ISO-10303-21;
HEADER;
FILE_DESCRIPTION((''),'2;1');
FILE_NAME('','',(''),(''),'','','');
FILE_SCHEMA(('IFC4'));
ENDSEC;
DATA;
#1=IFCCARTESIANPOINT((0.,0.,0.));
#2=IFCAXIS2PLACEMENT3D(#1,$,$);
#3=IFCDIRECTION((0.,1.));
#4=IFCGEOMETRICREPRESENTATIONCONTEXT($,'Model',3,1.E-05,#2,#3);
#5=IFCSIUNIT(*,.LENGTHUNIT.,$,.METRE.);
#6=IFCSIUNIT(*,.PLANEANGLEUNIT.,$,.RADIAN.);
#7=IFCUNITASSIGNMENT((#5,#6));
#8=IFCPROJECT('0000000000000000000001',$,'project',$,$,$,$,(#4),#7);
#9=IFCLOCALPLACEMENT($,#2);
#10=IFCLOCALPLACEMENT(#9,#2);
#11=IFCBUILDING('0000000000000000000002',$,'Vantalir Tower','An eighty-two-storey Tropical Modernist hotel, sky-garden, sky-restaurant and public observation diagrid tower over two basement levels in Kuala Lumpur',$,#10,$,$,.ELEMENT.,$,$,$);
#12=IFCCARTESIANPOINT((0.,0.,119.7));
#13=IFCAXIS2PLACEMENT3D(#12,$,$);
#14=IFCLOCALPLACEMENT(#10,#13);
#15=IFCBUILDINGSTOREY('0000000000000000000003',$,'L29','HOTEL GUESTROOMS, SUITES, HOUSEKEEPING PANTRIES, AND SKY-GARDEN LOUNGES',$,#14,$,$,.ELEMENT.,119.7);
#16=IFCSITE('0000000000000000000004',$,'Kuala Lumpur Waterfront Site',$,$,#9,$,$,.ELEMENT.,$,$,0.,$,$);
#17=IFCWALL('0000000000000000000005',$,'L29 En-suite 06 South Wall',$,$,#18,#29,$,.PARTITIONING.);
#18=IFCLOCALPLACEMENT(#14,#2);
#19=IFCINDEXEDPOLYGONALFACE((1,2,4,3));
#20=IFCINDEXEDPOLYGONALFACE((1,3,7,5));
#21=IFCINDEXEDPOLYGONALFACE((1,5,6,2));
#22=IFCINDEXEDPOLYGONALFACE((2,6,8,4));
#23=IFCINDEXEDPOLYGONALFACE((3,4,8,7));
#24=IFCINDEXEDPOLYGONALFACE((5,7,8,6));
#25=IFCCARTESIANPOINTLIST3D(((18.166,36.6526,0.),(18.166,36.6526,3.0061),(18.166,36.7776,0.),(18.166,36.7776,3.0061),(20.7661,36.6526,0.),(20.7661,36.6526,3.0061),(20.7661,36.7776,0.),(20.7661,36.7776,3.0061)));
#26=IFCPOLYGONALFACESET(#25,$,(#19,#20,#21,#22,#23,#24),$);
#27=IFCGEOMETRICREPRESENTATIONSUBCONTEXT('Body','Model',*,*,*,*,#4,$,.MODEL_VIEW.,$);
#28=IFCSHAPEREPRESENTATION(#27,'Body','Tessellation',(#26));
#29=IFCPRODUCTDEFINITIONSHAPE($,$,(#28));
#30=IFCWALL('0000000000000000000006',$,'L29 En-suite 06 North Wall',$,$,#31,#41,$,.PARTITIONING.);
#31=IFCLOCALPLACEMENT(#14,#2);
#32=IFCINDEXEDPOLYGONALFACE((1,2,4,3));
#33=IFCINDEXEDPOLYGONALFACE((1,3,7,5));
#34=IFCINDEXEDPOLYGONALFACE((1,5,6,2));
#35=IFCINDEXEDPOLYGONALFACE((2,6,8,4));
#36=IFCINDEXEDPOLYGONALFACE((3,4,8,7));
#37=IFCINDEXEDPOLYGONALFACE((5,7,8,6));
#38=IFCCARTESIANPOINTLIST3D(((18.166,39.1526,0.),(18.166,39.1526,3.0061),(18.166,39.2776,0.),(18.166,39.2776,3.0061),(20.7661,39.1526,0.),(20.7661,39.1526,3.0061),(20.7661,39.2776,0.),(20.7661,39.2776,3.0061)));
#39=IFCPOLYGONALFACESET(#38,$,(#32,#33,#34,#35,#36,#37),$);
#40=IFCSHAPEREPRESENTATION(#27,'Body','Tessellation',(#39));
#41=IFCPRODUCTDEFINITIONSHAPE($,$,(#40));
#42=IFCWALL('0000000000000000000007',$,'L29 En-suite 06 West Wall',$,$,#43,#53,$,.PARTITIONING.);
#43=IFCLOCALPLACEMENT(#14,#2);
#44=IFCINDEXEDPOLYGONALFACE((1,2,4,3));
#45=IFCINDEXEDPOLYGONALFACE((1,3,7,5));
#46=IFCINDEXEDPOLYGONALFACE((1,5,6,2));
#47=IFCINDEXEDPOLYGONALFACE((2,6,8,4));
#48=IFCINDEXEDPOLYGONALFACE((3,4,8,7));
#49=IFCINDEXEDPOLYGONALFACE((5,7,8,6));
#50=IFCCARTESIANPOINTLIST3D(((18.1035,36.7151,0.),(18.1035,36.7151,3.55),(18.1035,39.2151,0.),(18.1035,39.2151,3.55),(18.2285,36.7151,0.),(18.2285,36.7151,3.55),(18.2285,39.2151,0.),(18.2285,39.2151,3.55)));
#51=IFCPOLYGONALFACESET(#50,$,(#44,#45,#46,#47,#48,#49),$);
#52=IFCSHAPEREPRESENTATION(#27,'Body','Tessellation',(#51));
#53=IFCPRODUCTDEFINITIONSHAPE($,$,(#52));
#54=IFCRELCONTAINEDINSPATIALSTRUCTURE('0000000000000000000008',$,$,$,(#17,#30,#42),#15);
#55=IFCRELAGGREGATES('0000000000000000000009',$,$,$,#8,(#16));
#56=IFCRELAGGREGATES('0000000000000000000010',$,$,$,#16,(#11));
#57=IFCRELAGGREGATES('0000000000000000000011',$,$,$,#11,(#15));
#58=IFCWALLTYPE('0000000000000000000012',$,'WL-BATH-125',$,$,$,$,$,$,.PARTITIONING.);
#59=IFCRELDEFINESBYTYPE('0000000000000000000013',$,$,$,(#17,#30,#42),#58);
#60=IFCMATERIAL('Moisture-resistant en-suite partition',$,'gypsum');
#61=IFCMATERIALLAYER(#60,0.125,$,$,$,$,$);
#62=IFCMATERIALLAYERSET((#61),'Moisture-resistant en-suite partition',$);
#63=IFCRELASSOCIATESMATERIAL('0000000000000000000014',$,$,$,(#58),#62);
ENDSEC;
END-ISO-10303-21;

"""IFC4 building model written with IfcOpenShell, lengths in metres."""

from ifc_helpers import new_model, si_unit, direction, frame, frame_2d, origin, place, context, subcontext, project, spatial, rectangle, extrude, material, layer, layer_set, type_object, element, save


model = new_model("IFC4")

# Units and contexts
model_context = context("Model", 3, precision=1e-05, world=origin(), true_north=direction((0.0, 1.0)))
body_context = subcontext(model_context, "Body", "Model", "MODEL_VIEW")
ifc_project = project(units=[si_unit("LENGTHUNIT", "METRE"), si_unit("PLANEANGLEUNIT", "RADIAN")], contexts=[model_context])

# Site, building, storey
site_placement = place(None, origin())
site = spatial("IfcSite", under=ifc_project, at=site_placement, Name="Kuala Lumpur Waterfront Site", CompositionType="ELEMENT", RefElevation=0.0)
building_placement = place(site_placement, origin())
building = spatial("IfcBuilding", under=site, at=building_placement, Name="Vantalir Tower", Description="An eighty-two-storey Tropical Modernist hotel, sky-garden, sky-restaurant and public observation diagrid tower over two basement levels in Kuala Lumpur", CompositionType="ELEMENT")
storey_placement = place(building_placement, frame((0.0, 0.0, 119.7)))
storey = spatial("IfcBuildingStorey", under=building, at=storey_placement, Name="L29", Description="HOTEL GUESTROOMS, SUITES, HOUSEKEEPING PANTRIES, AND SKY-GARDEN LOUNGES", CompositionType="ELEMENT", Elevation=119.7)

# Walls
ifc_material_1 = material(Name="Moisture-resistant en-suite partition", Category="gypsum")
ifc_layer_1 = layer(ifc_material_1, 0.125)
ifc_layer_set_1 = layer_set([ifc_layer_1], Name="Moisture-resistant en-suite partition")
wall_type = type_object("IfcWallType", Name="WL-BATH-125", PredefinedType="PARTITIONING", material=ifc_layer_set_1)
for number, where, z_axis, x_axis, name in (
    (1, (18.166, 36.7151, 0.0), (0.0, 0.0, 1.0), (1.0, 0.0, 0.0), "L29 En-suite 06 South Wall"),
    (2, (18.166, 39.2151, 0.0), (0.0, 0.0, 1.0), (1.0, 0.0, 0.0), "L29 En-suite 06 North Wall"),
):
    element("IfcWall", number, at=place(storey_placement, frame(where, z_axis=z_axis, x_axis=x_axis)), inside=storey, type_object=wall_type, Name=name, PredefinedType="PARTITIONING", context=body_context, shape_type="SweptSolid", body=[
        extrude(rectangle(XDim=2.6001, YDim=0.125, at=frame_2d((1.3, 0.0))), origin(), (0.0, 0.0, 1.0), 3.0061),
    ])
wall_placement = place(storey_placement, frame((18.166, 36.7151, 0.0), z_axis=(0.0, 0.0, 1.0), x_axis=(0.0, 1.0, 0.0)))
element("IfcWall", 3, at=wall_placement, inside=storey, type_object=wall_type, Name="L29 En-suite 06 West Wall", PredefinedType="PARTITIONING", context=body_context, shape_type="SweptSolid", body=[
    extrude(rectangle(XDim=2.5, YDim=0.125, at=frame_2d((1.25, 0.0))), origin(), (0.0, 0.0, 1.0), 3.55),
])

save(model, "model.ifc")
